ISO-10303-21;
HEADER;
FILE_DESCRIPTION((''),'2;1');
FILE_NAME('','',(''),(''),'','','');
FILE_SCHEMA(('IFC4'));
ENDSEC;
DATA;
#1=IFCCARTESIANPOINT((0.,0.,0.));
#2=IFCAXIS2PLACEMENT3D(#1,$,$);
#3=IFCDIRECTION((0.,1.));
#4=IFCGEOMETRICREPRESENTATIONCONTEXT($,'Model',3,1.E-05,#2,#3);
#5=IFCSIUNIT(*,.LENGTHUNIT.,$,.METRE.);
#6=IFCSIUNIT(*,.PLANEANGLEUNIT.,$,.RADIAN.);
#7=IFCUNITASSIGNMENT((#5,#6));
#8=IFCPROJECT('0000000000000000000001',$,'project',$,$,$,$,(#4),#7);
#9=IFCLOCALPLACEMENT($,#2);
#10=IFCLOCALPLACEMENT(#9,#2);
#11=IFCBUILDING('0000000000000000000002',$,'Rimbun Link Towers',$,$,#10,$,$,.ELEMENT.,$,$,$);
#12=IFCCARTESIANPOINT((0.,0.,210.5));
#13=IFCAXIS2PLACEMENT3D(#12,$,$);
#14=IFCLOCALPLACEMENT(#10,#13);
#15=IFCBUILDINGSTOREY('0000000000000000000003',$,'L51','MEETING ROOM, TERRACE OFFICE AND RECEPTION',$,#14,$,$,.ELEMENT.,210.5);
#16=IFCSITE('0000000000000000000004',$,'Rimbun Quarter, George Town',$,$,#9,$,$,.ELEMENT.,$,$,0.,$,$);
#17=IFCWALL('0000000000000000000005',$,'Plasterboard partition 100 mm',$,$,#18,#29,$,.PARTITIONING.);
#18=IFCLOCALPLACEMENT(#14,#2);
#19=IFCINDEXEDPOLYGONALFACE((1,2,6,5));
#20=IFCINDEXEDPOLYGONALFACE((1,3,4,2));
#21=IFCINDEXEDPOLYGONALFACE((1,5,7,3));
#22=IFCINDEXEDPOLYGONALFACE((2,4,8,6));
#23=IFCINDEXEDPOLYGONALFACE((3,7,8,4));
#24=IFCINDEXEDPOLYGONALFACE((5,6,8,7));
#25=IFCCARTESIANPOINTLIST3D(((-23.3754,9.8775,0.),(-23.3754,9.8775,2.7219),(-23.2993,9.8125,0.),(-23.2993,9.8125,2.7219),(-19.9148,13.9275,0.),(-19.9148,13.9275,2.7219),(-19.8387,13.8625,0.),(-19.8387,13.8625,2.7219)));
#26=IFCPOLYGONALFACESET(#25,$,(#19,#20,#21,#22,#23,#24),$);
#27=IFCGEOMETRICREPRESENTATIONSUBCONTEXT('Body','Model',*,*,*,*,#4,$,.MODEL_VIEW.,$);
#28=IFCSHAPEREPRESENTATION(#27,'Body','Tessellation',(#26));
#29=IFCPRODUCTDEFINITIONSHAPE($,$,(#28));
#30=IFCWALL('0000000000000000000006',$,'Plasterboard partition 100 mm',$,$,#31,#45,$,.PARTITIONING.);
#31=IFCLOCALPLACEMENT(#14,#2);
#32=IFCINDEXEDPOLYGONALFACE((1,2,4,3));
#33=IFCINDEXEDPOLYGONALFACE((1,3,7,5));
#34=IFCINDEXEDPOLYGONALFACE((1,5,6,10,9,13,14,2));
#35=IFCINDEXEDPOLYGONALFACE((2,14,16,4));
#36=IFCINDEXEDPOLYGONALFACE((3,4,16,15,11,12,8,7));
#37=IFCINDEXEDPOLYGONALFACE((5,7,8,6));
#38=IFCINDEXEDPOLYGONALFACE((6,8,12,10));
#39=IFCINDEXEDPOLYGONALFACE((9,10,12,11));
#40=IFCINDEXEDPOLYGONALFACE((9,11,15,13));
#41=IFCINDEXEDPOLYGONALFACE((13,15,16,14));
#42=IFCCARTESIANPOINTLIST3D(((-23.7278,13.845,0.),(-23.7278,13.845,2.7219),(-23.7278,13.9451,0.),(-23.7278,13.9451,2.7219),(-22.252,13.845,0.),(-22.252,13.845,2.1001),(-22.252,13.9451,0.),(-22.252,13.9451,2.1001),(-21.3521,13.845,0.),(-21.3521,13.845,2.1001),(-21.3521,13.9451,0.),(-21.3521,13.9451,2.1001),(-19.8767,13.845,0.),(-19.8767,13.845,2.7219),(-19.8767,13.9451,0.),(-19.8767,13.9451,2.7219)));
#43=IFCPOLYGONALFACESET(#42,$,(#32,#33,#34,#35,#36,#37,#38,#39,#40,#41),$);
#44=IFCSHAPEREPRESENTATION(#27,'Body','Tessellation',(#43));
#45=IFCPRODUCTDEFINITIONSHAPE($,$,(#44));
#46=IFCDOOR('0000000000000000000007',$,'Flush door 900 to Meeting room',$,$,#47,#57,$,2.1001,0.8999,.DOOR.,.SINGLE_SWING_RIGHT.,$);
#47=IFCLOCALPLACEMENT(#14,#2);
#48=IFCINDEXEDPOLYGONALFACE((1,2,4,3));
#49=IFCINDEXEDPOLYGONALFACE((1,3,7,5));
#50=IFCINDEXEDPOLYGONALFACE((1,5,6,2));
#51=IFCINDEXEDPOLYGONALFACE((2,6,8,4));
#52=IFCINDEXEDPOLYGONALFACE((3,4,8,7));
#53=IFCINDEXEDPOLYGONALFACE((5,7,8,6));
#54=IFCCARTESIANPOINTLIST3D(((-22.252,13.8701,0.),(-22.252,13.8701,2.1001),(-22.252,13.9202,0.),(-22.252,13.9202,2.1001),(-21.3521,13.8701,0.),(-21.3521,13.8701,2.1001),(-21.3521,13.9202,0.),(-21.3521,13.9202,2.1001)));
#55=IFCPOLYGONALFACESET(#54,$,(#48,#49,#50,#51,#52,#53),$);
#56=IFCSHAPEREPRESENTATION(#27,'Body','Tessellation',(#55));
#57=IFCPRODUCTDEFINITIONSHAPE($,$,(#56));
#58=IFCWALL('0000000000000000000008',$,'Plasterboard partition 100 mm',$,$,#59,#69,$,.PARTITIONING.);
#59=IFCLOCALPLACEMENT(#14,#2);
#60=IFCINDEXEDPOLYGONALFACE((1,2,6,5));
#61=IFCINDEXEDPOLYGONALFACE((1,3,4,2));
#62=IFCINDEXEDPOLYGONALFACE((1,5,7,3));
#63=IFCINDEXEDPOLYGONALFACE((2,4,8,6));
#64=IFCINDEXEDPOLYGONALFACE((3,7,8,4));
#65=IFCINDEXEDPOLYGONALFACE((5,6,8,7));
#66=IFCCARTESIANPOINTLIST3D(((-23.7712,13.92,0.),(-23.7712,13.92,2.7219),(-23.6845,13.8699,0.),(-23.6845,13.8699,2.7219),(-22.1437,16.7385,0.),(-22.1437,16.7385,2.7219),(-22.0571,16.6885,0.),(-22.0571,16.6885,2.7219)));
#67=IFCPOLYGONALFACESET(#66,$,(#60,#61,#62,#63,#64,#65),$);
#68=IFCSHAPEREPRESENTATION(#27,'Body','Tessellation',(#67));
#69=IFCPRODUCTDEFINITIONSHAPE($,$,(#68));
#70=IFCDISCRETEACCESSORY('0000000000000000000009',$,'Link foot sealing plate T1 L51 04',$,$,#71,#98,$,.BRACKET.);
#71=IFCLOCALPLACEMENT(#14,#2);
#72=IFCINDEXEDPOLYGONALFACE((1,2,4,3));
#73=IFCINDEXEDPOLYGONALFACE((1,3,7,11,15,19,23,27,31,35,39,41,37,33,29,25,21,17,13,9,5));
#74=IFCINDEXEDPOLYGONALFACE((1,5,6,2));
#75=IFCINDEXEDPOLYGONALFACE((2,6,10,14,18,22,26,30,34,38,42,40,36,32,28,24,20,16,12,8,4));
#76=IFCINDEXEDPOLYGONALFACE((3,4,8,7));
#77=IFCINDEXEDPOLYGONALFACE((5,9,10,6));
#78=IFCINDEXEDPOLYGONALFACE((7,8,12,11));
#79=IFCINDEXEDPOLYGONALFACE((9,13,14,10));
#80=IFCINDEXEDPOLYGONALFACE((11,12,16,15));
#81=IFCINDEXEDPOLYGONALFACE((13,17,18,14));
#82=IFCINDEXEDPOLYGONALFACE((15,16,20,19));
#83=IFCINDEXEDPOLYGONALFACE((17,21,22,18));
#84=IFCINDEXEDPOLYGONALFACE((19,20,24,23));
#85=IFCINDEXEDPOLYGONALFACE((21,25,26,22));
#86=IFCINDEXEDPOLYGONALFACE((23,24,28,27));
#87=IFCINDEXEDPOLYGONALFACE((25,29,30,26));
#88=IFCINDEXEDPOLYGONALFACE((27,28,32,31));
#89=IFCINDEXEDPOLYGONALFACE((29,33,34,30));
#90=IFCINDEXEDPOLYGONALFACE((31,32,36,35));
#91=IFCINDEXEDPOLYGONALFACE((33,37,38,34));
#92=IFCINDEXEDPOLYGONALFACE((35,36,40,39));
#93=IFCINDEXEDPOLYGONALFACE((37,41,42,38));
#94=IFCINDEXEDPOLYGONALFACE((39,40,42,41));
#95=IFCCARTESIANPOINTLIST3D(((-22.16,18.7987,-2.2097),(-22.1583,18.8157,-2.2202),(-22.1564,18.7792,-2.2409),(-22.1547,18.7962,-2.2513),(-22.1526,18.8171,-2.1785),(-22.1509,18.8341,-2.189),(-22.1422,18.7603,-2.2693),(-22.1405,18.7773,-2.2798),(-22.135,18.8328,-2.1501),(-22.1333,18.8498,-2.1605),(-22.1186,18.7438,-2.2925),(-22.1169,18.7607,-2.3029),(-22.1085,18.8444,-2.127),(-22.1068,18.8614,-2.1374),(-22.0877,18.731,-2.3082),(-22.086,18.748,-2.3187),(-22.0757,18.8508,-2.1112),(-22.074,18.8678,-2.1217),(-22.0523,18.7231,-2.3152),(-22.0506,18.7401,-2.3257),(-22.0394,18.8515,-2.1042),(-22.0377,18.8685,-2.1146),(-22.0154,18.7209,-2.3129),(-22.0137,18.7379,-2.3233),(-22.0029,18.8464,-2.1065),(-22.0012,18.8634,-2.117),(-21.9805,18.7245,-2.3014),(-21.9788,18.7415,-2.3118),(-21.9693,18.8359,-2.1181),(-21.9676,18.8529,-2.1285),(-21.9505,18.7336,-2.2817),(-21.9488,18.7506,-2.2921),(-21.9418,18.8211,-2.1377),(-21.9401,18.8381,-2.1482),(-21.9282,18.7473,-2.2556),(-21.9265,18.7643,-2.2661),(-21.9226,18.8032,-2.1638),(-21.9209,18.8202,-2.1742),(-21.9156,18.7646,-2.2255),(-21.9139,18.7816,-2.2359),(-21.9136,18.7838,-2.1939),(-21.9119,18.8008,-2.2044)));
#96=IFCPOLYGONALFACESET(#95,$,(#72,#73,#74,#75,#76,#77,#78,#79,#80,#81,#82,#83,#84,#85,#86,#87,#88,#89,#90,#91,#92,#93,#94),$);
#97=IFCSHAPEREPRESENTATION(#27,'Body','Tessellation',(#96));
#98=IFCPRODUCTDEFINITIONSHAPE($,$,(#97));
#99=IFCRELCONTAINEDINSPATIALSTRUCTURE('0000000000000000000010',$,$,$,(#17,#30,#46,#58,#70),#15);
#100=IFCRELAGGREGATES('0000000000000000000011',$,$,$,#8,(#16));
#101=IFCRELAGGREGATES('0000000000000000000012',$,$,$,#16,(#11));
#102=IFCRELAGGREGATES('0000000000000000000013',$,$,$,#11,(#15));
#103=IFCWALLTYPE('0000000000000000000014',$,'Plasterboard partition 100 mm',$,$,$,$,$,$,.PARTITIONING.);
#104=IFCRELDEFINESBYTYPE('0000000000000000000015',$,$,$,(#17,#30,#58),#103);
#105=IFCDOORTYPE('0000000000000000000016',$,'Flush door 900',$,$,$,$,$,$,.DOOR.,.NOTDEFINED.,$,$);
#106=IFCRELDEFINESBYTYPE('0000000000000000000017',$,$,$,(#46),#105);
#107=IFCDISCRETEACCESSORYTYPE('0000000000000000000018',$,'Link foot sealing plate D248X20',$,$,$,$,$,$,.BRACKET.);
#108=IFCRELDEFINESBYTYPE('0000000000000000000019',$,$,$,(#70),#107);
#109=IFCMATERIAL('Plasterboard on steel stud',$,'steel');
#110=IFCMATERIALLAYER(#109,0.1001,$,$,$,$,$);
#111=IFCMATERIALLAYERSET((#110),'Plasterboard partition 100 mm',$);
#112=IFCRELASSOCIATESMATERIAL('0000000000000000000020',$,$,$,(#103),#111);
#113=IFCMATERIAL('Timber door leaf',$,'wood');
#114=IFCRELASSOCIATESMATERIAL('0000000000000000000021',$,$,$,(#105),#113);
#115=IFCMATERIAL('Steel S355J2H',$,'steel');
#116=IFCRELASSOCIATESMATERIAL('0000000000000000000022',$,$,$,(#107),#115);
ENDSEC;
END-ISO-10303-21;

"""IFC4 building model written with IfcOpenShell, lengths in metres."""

from ifc_helpers import new_model, si_unit, direction, frame, frame_2d, origin, origin_2d, place, context, subcontext, project, spatial, rectangle, circle, extrude, material, layer, layer_set, material_profile, profile_set, type_object, element, fill, save


model = new_model("IFC4")

# Units and contexts
model_context = context("Model", 3, precision=1e-05, world=origin(), true_north=direction((0.0, 1.0)))
body_context = subcontext(model_context, "Body", "Model", "MODEL_VIEW")
ifc_project = project(units=[si_unit("LENGTHUNIT", "METRE"), si_unit("PLANEANGLEUNIT", "RADIAN")], contexts=[model_context])

# Site, building, storey
site_placement = place(None, origin())
site = spatial("IfcSite", under=ifc_project, at=site_placement, Name="Rimbun Quarter, George Town", CompositionType="ELEMENT", RefElevation=0.0)
building_placement = place(site_placement, origin())
building = spatial("IfcBuilding", under=site, at=building_placement, Name="Rimbun Link Towers", CompositionType="ELEMENT")
storey_placement = place(building_placement, frame((0.0, 0.0, 210.5)))
storey = spatial("IfcBuildingStorey", under=building, at=storey_placement, Name="L51", Description="MEETING ROOM, TERRACE OFFICE AND RECEPTION", CompositionType="ELEMENT", Elevation=210.5)

# Shared definitions
ifc_material_1 = material(Name="Plasterboard on steel stud", Category="steel")
ifc_layer_1 = layer(ifc_material_1, 0.1001)
ifc_layer_set_1 = layer_set([ifc_layer_1], Name="Plasterboard partition 100 mm")
wall_type = type_object("IfcWallType", Name="Plasterboard partition 100 mm", PredefinedType="PARTITIONING", material=ifc_layer_set_1)

# Wall
wall_1_placement = place(storey_placement, frame((-19.8767, 13.895, 0.0), z_axis=(0.0, 0.0, 1.0), x_axis=(-0.649624, -0.760255, 0.0)))
element("IfcWall", 1, at=wall_1_placement, inside=storey, type_object=wall_type, Name="Plasterboard partition 100 mm", PredefinedType="PARTITIONING", context=body_context, shape_type="SweptSolid", body=[
    extrude(rectangle(XDim=5.3271, YDim=0.1001, at=frame_2d((2.6636, 0.0))), origin(), (0.0, 0.0, 1.0), 2.7219),
])

# Wall, opening, door
wall_2_placement = place(storey_placement, frame((-19.8767, 13.895, 0.0), z_axis=(0.0, 0.0, 1.0), x_axis=(-1.0, 0.0, 0.0)))
wall_2 = element("IfcWall", 2, at=wall_2_placement, inside=storey, type_object=wall_type, Name="Plasterboard partition 100 mm", PredefinedType="PARTITIONING", context=body_context, shape_type="SweptSolid", body=[
    extrude(rectangle(XDim=3.8511, YDim=0.1001, at=frame_2d((1.9255, 0.0))), origin(), (0.0, 0.0, 1.0), 2.7219),
])
opening_1_placement = place(wall_2_placement, frame((1.4753, 0.0, 0.0)))
opening_1 = element("IfcOpeningElement", 3, at=opening_1_placement, cuts=wall_2, PredefinedType="OPENING", context=body_context, shape_type="SweptSolid", body=[
    extrude(rectangle(XDim=0.8999, YDim=2.1001, at=frame_2d((0.45, 1.05))), frame((0.0, 0.0601, 0.0), z_axis=(0.0, -1.0, 0.0), x_axis=(1.0, 0.0, 0.0)), (0.0, 0.0, 1.0), 0.1201),
])
ifc_material_2 = material(Name="Timber door leaf", Category="wood")
door_type_1 = type_object("IfcDoorType", Name="Flush door 900", OperationType="NOTDEFINED", PredefinedType="DOOR", material=ifc_material_2)
door_1_placement = place(opening_1_placement, origin())
door_1 = element("IfcDoor", 4, at=door_1_placement, inside=storey, type_object=door_type_1, Name="Flush door 900 to Meeting room", OperationType="SINGLE_SWING_RIGHT", OverallHeight=2.1001, OverallWidth=0.8999, PredefinedType="DOOR", context=body_context, shape_type="SweptSolid", body=[
    extrude(rectangle(XDim=0.8999, YDim=2.1001, at=frame_2d((0.45, 1.05))), frame((0.0, 0.0249, 0.0), z_axis=(0.0, -1.0, 0.0), x_axis=(1.0, 0.0, 0.0)), (0.0, 0.0, 1.0), 0.05),
])
fill(opening_1, door_1)

# Wall
wall_3_placement = place(storey_placement, frame((-22.1003, 16.7136, 0.0), z_axis=(0.0, 0.0, 1.0), x_axis=(-0.500028, -0.866009, 0.0)))
element("IfcWall", 5, at=wall_3_placement, inside=storey, type_object=wall_type, Name="Plasterboard partition 100 mm", PredefinedType="PARTITIONING", context=body_context, shape_type="SweptSolid", body=[
    extrude(rectangle(XDim=3.2546, YDim=0.1001, at=frame_2d((1.6274, 0.0))), origin(), (0.0, 0.0, 1.0), 2.7219),
])

# Discrete accessory
ifc_material_3 = material(Name="Steel S355J2H", Category="steel")
ifc_material_profile_1 = material_profile(ifc_material_3, circle(Radius=0.124, at=origin_2d()), Name="PL D248")
ifc_profile_set_1 = profile_set([ifc_material_profile_1], Name="Steel S355J2H")
discrete_accessory_type = type_object("IfcDiscreteAccessoryType", Name="Link foot sealing plate D248X20", PredefinedType="BRACKET", material=ifc_profile_set_1)
discrete_accessory_placement = place(storey_placement, frame((-22.0366, 18.7864, -2.2097), z_axis=(0.0849, 0.849, -0.521528), x_axis=(-0.995037, 0.099504, 0.0)))
element("IfcDiscreteAccessory", 6, at=discrete_accessory_placement, inside=storey, type_object=discrete_accessory_type, Name="Link foot sealing plate T1 L51 04", PredefinedType="BRACKET", context=body_context, shape_type="SweptSolid", body=[
    extrude(circle(Radius=0.124, at=origin_2d()), origin(), (0.0, 0.0, 1.0), 0.02),
])

save(model, "model.ifc")
